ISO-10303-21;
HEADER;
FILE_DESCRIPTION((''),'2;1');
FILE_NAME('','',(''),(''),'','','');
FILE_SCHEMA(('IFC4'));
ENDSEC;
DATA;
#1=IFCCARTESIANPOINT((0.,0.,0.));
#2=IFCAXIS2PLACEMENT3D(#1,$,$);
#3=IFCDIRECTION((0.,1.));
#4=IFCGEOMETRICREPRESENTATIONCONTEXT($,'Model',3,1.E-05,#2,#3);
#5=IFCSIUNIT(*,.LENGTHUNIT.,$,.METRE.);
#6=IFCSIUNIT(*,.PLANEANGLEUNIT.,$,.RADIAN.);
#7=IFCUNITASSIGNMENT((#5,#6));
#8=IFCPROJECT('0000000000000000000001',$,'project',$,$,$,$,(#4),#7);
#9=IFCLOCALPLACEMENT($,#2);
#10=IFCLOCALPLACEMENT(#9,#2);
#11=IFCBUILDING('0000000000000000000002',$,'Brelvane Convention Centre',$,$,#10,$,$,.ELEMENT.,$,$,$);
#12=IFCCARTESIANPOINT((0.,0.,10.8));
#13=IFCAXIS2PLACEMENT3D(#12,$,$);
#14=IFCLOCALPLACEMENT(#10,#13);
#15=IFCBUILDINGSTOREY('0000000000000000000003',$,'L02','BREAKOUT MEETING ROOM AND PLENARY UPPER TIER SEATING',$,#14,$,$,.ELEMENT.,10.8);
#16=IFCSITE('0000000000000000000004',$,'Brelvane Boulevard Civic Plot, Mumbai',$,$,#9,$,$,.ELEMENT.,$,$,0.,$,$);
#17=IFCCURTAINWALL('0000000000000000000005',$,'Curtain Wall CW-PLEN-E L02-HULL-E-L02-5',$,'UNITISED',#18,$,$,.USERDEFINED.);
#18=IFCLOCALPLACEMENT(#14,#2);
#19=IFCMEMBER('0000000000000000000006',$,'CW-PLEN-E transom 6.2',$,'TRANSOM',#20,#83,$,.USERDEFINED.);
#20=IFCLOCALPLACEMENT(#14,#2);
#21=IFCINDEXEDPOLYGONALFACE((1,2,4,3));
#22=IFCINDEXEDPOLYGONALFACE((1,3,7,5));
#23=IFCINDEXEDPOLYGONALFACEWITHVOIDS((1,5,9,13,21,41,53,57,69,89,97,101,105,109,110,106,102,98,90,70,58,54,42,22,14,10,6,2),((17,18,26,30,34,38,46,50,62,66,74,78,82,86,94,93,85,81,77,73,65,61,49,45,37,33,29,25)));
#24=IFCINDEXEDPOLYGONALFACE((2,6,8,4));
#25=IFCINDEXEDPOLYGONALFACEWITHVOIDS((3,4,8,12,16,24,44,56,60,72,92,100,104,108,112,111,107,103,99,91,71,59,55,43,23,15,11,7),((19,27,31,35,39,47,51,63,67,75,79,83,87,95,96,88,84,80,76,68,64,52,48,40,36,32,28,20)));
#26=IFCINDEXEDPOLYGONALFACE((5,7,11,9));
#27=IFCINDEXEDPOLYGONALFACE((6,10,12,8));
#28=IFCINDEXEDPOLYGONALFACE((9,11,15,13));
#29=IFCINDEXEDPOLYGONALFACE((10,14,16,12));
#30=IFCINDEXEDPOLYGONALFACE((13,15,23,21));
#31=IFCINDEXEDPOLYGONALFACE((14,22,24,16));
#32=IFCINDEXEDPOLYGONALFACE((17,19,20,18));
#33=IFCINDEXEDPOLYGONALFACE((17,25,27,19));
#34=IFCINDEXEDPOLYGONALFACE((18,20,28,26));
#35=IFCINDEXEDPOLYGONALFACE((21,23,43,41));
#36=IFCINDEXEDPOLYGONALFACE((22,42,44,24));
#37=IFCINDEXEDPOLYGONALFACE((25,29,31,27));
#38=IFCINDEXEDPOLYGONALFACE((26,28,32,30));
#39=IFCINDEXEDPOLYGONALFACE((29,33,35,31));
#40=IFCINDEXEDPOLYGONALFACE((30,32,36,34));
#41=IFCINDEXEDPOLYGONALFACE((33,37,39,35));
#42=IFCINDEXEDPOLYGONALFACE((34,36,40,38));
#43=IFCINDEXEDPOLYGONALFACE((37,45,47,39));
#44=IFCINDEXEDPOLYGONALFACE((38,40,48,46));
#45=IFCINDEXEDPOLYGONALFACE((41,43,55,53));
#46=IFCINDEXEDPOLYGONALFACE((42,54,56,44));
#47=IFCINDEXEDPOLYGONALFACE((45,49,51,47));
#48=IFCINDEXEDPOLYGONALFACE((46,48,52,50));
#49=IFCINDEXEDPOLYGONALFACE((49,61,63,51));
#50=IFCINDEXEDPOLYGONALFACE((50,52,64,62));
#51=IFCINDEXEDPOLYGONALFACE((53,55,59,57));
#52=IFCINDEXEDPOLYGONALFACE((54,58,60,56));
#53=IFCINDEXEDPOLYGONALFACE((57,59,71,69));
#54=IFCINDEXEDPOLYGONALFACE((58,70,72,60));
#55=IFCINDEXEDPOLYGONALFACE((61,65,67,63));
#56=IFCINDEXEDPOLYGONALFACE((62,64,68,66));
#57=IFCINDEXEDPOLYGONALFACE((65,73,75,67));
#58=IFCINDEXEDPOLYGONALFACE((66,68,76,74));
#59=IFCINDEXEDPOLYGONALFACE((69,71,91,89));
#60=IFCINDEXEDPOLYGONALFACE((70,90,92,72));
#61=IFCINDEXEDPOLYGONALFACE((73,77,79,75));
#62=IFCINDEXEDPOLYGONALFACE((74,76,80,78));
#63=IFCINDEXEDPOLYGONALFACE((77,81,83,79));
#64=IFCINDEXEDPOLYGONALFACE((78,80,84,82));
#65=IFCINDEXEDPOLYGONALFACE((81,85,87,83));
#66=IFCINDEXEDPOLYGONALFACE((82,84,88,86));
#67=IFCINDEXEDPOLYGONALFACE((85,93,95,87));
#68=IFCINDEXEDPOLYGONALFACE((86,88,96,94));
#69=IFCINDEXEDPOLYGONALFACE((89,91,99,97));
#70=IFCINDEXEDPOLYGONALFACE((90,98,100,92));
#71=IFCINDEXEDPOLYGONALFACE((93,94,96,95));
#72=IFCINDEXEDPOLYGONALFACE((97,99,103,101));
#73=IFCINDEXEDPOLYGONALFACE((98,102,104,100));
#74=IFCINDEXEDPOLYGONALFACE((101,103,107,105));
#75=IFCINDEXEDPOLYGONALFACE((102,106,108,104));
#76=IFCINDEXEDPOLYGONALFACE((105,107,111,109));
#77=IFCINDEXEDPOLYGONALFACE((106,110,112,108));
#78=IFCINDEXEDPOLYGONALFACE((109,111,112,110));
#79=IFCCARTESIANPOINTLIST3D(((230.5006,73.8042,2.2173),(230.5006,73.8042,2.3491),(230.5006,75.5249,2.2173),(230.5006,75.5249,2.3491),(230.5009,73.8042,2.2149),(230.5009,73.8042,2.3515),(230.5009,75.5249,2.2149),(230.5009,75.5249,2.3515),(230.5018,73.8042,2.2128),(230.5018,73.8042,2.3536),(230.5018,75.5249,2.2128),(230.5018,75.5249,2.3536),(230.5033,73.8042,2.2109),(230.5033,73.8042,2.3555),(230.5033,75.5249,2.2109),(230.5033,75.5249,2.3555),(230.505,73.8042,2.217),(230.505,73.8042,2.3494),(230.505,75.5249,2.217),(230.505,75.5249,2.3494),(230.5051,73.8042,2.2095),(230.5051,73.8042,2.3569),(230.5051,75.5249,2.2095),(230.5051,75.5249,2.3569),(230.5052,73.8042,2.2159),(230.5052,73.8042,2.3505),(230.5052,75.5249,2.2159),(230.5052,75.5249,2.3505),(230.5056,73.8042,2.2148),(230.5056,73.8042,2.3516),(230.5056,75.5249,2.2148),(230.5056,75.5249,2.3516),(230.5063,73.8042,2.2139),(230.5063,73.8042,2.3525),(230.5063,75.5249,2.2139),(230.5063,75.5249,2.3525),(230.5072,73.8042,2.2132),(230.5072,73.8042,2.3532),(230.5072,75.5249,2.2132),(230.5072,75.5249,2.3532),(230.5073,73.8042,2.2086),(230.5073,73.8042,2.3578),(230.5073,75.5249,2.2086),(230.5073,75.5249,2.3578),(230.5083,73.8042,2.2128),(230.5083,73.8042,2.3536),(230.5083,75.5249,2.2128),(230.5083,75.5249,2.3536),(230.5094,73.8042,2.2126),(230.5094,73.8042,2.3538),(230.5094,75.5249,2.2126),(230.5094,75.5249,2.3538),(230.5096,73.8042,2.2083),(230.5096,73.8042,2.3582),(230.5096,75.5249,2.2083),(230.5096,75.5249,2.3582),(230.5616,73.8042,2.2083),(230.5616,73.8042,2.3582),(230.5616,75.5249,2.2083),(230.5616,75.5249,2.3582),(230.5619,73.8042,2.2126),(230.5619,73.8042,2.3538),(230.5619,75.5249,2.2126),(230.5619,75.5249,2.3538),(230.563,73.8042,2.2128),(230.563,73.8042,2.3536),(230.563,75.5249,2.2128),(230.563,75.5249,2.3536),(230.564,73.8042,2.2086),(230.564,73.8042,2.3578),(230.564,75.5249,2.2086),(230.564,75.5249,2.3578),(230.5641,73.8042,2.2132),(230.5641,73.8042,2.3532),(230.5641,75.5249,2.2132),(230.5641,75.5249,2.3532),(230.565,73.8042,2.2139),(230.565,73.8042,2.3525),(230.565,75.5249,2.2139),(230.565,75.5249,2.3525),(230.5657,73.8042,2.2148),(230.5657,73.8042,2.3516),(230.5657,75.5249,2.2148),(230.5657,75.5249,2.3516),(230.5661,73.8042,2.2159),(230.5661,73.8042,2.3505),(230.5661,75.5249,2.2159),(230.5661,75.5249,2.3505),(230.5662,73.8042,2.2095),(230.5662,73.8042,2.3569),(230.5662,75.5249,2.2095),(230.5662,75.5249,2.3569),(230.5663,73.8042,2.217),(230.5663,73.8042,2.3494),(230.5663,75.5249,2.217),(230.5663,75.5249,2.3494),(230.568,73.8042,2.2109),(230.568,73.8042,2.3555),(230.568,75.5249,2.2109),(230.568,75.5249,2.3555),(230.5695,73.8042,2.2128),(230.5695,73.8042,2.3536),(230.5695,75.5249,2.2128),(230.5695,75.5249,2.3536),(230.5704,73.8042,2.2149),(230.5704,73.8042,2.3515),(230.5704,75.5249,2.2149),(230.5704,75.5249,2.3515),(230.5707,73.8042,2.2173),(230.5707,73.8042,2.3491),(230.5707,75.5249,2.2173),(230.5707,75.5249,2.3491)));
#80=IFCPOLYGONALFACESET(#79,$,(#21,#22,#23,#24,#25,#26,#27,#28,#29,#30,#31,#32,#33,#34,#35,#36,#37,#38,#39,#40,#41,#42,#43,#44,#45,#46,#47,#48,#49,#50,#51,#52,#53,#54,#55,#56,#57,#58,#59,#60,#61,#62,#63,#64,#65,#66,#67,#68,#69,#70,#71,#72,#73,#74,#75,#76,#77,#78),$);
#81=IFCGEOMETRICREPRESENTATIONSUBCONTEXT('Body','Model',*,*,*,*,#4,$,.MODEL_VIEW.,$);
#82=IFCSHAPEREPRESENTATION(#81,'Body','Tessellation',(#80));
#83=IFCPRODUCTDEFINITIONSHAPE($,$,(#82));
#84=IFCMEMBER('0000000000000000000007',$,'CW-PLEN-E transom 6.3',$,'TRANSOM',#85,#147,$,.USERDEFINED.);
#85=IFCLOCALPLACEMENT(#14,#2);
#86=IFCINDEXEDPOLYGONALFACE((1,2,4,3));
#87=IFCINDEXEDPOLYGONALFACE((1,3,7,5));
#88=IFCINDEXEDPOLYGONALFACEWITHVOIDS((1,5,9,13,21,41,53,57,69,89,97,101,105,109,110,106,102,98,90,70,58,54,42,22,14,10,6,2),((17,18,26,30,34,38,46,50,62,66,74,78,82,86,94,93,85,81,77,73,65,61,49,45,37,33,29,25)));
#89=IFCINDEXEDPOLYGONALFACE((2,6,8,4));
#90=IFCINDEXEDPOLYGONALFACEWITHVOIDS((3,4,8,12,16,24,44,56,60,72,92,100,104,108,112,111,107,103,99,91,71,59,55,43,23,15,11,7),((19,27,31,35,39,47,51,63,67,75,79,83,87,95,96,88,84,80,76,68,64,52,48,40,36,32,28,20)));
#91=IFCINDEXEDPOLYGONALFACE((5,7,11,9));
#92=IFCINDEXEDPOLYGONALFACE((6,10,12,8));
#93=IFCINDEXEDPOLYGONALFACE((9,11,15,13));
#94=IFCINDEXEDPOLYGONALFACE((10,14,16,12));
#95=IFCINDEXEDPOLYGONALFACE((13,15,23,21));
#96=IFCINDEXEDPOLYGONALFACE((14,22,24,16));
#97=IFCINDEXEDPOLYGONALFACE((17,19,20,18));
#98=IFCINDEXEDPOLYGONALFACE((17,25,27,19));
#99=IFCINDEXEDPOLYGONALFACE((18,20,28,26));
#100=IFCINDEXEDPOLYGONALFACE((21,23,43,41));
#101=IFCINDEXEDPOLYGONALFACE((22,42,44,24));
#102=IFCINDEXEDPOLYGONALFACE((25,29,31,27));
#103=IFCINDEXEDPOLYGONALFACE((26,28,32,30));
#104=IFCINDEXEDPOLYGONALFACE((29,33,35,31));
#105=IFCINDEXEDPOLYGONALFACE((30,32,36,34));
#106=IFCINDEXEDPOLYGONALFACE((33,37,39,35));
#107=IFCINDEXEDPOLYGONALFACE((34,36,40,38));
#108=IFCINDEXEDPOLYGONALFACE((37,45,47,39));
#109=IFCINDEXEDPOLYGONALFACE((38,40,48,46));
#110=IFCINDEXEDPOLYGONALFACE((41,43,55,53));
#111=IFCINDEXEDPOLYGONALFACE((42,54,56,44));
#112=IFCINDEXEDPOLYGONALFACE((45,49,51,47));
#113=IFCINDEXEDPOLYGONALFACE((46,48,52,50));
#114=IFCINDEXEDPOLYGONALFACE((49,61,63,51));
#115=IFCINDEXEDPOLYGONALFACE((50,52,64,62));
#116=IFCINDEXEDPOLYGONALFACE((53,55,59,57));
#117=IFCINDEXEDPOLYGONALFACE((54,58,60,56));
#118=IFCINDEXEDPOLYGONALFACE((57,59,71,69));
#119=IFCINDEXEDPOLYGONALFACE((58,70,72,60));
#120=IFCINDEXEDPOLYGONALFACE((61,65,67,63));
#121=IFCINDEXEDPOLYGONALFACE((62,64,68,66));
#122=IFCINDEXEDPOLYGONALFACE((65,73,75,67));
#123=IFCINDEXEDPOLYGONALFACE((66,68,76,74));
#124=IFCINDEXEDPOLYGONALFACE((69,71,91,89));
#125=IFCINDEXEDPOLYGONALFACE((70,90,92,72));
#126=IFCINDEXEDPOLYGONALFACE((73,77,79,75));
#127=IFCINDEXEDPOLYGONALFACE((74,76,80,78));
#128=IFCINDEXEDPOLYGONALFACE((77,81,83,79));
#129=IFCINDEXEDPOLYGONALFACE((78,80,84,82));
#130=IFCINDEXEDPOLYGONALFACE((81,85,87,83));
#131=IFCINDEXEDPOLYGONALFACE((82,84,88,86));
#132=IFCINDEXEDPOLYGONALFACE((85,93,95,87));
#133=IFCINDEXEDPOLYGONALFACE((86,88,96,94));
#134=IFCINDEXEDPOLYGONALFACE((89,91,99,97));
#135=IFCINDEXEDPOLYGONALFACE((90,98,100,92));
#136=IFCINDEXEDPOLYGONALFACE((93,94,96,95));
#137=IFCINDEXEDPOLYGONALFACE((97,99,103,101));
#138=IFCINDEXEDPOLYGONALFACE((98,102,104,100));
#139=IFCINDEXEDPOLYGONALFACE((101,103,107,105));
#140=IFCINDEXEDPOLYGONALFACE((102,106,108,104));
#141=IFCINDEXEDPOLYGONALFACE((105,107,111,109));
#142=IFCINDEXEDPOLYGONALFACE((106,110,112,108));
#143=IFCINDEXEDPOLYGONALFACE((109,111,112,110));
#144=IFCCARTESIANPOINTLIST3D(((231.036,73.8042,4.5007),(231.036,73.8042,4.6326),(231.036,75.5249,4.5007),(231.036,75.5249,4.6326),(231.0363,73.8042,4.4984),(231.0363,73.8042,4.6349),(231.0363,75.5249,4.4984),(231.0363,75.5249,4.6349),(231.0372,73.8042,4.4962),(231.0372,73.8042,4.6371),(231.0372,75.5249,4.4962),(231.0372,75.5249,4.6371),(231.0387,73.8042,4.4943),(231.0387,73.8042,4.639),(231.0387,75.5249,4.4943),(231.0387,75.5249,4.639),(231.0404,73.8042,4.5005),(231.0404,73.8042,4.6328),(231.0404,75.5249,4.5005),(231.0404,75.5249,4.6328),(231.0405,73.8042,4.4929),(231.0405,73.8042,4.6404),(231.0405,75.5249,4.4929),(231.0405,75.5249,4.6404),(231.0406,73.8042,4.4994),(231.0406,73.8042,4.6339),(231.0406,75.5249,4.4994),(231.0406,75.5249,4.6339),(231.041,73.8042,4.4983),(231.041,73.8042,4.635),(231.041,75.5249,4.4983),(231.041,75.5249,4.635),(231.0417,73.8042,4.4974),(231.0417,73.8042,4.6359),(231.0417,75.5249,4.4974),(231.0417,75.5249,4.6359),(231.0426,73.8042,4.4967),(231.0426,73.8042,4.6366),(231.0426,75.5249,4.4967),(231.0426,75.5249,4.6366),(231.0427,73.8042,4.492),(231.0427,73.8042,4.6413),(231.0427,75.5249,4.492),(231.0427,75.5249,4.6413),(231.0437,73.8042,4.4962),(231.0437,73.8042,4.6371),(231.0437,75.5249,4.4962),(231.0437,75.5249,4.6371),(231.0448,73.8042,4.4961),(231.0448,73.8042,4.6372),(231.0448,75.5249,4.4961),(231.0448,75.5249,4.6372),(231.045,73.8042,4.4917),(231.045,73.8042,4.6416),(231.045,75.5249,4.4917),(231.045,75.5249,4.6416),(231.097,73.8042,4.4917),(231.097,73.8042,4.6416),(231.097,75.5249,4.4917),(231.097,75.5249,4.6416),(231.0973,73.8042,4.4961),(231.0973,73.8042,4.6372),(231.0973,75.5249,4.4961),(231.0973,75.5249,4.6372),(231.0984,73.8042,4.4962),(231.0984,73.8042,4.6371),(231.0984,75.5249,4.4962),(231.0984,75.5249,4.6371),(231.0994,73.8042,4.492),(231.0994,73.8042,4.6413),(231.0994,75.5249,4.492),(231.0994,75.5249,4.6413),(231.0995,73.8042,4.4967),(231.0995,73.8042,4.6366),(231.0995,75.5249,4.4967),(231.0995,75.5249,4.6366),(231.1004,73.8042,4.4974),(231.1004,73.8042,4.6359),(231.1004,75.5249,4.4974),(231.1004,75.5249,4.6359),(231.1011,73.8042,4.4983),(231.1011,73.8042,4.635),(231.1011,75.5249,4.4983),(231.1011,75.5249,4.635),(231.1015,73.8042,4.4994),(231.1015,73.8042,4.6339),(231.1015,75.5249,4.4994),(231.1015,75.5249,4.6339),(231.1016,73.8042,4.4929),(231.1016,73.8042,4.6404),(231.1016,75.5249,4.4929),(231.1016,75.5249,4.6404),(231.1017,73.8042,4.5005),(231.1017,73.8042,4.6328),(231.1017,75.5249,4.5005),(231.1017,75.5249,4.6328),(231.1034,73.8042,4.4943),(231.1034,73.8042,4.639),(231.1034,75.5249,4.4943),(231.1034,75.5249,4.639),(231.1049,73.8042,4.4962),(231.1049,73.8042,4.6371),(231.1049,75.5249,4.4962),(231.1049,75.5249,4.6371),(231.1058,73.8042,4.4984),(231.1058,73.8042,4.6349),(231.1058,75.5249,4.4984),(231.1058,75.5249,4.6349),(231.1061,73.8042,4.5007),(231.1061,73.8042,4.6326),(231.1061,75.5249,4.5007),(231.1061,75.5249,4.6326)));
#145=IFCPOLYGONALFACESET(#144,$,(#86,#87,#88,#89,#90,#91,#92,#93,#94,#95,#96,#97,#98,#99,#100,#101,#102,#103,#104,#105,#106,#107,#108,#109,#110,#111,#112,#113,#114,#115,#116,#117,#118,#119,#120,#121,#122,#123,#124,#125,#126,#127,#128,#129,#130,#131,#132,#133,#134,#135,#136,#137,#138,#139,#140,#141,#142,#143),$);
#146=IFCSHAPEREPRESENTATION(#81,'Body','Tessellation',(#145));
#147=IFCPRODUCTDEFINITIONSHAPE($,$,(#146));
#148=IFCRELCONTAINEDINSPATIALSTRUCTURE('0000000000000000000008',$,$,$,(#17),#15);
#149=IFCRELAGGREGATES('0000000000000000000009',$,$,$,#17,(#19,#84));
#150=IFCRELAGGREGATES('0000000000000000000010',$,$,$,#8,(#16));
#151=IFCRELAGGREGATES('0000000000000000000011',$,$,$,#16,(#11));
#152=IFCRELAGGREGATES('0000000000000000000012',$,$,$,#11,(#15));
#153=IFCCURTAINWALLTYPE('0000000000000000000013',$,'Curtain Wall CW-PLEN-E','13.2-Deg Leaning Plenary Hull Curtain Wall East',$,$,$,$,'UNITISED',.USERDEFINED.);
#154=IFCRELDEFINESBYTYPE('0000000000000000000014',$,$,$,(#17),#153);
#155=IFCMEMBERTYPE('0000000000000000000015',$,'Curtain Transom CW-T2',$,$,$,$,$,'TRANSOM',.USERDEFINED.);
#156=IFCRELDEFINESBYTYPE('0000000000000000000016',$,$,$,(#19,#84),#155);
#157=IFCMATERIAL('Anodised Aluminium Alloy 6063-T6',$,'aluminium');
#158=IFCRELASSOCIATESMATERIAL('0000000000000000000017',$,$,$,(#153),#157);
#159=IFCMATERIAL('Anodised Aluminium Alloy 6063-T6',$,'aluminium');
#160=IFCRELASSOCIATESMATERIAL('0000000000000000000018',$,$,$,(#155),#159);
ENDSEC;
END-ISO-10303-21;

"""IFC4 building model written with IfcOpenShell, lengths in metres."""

from ifc_helpers import new_model, si_unit, direction, frame, origin, origin_2d, place, context, subcontext, project, spatial, hollow_rectangle, extrude, material, material_profile, profile_set, type_object, element, aggregate, save


model = new_model("IFC4")

# Units and contexts
model_context = context("Model", 3, precision=1e-05, world=origin(), true_north=direction((0.0, 1.0)))
body_context = subcontext(model_context, "Body", "Model", "MODEL_VIEW")
ifc_project = project(units=[si_unit("LENGTHUNIT", "METRE"), si_unit("PLANEANGLEUNIT", "RADIAN")], contexts=[model_context])

# Site, building, storey
site_placement = place(None, origin())
site = spatial("IfcSite", under=ifc_project, at=site_placement, Name="Brelvane Boulevard Civic Plot, Mumbai", CompositionType="ELEMENT", RefElevation=0.0)
building_placement = place(site_placement, origin())
building = spatial("IfcBuilding", under=site, at=building_placement, Name="Brelvane Convention Centre", CompositionType="ELEMENT")
storey_placement = place(building_placement, frame((0.0, 0.0, 10.8)))
storey = spatial("IfcBuildingStorey", under=building, at=storey_placement, Name="L02", Description="BREAKOUT MEETING ROOM AND PLENARY UPPER TIER SEATING", CompositionType="ELEMENT", Elevation=10.8)

# Curtain wall, members
ifc_material_1 = material(Name="Anodised Aluminium Alloy 6063-T6", Category="aluminium")
curtain_wall_type = type_object("IfcCurtainWallType", Name="Curtain Wall CW-PLEN-E", Description="13.2-Deg Leaning Plenary Hull Curtain Wall East", ElementType="UNITISED", PredefinedType="USERDEFINED", material=ifc_material_1)
curtain_wall_1_placement = place(storey_placement, origin())
curtain_wall_1 = element("IfcCurtainWall", 1, at=curtain_wall_1_placement, inside=storey, type_object=curtain_wall_type, Name="Curtain Wall CW-PLEN-E L02-HULL-E-L02-5", ObjectType="UNITISED", PredefinedType="USERDEFINED")
ifc_material_2 = material(Name="Anodised Aluminium Alloy 6063-T6", Category="aluminium")
ifc_material_profile = material_profile(ifc_material_2, hollow_rectangle(XDim=0.0701, YDim=0.1499, WallThickness=0.0044, InnerFilletRadius=0.0044, OuterFilletRadius=0.009, at=origin_2d()), Name="ALU-T 150x70x4.5")
ifc_profile_set = profile_set([ifc_material_profile], Name="Anodised Aluminium Alloy 6063-T6")
member_type = type_object("IfcMemberType", Name="Curtain Transom CW-T2", ElementType="TRANSOM", PredefinedType="USERDEFINED", material=ifc_profile_set)
member_1_placement = place(storey_placement, frame((230.5356, 73.8042, 2.2832), z_axis=(0.0, 1.0, 0.0), x_axis=(-1.0, 0.0, 0.0)))
member_1 = element("IfcMember", 2, at=member_1_placement, type_object=member_type, Name="CW-PLEN-E transom 6.2", ObjectType="TRANSOM", PredefinedType="USERDEFINED", context=body_context, shape_type="SweptSolid", body=[
    extrude(hollow_rectangle(XDim=0.0701, YDim=0.1499, WallThickness=0.0044, InnerFilletRadius=0.0044, OuterFilletRadius=0.009, at=origin_2d()), origin(), (0.0, 0.0, 1.0), 1.7207),
])
member_2_placement = place(storey_placement, frame((231.071, 73.8042, 4.5667), z_axis=(0.0, 1.0, 0.0), x_axis=(-1.0, 0.0, 0.0)))
member_2 = element("IfcMember", 3, at=member_2_placement, type_object=member_type, Name="CW-PLEN-E transom 6.3", ObjectType="TRANSOM", PredefinedType="USERDEFINED", context=body_context, shape_type="SweptSolid", body=[
    extrude(hollow_rectangle(XDim=0.0701, YDim=0.1499, WallThickness=0.0044, InnerFilletRadius=0.0044, OuterFilletRadius=0.009, at=origin_2d()), origin(), (0.0, 0.0, 1.0), 1.7207),
])

aggregate(curtain_wall_1, [member_1, member_2])

save(model, "model.ifc")
